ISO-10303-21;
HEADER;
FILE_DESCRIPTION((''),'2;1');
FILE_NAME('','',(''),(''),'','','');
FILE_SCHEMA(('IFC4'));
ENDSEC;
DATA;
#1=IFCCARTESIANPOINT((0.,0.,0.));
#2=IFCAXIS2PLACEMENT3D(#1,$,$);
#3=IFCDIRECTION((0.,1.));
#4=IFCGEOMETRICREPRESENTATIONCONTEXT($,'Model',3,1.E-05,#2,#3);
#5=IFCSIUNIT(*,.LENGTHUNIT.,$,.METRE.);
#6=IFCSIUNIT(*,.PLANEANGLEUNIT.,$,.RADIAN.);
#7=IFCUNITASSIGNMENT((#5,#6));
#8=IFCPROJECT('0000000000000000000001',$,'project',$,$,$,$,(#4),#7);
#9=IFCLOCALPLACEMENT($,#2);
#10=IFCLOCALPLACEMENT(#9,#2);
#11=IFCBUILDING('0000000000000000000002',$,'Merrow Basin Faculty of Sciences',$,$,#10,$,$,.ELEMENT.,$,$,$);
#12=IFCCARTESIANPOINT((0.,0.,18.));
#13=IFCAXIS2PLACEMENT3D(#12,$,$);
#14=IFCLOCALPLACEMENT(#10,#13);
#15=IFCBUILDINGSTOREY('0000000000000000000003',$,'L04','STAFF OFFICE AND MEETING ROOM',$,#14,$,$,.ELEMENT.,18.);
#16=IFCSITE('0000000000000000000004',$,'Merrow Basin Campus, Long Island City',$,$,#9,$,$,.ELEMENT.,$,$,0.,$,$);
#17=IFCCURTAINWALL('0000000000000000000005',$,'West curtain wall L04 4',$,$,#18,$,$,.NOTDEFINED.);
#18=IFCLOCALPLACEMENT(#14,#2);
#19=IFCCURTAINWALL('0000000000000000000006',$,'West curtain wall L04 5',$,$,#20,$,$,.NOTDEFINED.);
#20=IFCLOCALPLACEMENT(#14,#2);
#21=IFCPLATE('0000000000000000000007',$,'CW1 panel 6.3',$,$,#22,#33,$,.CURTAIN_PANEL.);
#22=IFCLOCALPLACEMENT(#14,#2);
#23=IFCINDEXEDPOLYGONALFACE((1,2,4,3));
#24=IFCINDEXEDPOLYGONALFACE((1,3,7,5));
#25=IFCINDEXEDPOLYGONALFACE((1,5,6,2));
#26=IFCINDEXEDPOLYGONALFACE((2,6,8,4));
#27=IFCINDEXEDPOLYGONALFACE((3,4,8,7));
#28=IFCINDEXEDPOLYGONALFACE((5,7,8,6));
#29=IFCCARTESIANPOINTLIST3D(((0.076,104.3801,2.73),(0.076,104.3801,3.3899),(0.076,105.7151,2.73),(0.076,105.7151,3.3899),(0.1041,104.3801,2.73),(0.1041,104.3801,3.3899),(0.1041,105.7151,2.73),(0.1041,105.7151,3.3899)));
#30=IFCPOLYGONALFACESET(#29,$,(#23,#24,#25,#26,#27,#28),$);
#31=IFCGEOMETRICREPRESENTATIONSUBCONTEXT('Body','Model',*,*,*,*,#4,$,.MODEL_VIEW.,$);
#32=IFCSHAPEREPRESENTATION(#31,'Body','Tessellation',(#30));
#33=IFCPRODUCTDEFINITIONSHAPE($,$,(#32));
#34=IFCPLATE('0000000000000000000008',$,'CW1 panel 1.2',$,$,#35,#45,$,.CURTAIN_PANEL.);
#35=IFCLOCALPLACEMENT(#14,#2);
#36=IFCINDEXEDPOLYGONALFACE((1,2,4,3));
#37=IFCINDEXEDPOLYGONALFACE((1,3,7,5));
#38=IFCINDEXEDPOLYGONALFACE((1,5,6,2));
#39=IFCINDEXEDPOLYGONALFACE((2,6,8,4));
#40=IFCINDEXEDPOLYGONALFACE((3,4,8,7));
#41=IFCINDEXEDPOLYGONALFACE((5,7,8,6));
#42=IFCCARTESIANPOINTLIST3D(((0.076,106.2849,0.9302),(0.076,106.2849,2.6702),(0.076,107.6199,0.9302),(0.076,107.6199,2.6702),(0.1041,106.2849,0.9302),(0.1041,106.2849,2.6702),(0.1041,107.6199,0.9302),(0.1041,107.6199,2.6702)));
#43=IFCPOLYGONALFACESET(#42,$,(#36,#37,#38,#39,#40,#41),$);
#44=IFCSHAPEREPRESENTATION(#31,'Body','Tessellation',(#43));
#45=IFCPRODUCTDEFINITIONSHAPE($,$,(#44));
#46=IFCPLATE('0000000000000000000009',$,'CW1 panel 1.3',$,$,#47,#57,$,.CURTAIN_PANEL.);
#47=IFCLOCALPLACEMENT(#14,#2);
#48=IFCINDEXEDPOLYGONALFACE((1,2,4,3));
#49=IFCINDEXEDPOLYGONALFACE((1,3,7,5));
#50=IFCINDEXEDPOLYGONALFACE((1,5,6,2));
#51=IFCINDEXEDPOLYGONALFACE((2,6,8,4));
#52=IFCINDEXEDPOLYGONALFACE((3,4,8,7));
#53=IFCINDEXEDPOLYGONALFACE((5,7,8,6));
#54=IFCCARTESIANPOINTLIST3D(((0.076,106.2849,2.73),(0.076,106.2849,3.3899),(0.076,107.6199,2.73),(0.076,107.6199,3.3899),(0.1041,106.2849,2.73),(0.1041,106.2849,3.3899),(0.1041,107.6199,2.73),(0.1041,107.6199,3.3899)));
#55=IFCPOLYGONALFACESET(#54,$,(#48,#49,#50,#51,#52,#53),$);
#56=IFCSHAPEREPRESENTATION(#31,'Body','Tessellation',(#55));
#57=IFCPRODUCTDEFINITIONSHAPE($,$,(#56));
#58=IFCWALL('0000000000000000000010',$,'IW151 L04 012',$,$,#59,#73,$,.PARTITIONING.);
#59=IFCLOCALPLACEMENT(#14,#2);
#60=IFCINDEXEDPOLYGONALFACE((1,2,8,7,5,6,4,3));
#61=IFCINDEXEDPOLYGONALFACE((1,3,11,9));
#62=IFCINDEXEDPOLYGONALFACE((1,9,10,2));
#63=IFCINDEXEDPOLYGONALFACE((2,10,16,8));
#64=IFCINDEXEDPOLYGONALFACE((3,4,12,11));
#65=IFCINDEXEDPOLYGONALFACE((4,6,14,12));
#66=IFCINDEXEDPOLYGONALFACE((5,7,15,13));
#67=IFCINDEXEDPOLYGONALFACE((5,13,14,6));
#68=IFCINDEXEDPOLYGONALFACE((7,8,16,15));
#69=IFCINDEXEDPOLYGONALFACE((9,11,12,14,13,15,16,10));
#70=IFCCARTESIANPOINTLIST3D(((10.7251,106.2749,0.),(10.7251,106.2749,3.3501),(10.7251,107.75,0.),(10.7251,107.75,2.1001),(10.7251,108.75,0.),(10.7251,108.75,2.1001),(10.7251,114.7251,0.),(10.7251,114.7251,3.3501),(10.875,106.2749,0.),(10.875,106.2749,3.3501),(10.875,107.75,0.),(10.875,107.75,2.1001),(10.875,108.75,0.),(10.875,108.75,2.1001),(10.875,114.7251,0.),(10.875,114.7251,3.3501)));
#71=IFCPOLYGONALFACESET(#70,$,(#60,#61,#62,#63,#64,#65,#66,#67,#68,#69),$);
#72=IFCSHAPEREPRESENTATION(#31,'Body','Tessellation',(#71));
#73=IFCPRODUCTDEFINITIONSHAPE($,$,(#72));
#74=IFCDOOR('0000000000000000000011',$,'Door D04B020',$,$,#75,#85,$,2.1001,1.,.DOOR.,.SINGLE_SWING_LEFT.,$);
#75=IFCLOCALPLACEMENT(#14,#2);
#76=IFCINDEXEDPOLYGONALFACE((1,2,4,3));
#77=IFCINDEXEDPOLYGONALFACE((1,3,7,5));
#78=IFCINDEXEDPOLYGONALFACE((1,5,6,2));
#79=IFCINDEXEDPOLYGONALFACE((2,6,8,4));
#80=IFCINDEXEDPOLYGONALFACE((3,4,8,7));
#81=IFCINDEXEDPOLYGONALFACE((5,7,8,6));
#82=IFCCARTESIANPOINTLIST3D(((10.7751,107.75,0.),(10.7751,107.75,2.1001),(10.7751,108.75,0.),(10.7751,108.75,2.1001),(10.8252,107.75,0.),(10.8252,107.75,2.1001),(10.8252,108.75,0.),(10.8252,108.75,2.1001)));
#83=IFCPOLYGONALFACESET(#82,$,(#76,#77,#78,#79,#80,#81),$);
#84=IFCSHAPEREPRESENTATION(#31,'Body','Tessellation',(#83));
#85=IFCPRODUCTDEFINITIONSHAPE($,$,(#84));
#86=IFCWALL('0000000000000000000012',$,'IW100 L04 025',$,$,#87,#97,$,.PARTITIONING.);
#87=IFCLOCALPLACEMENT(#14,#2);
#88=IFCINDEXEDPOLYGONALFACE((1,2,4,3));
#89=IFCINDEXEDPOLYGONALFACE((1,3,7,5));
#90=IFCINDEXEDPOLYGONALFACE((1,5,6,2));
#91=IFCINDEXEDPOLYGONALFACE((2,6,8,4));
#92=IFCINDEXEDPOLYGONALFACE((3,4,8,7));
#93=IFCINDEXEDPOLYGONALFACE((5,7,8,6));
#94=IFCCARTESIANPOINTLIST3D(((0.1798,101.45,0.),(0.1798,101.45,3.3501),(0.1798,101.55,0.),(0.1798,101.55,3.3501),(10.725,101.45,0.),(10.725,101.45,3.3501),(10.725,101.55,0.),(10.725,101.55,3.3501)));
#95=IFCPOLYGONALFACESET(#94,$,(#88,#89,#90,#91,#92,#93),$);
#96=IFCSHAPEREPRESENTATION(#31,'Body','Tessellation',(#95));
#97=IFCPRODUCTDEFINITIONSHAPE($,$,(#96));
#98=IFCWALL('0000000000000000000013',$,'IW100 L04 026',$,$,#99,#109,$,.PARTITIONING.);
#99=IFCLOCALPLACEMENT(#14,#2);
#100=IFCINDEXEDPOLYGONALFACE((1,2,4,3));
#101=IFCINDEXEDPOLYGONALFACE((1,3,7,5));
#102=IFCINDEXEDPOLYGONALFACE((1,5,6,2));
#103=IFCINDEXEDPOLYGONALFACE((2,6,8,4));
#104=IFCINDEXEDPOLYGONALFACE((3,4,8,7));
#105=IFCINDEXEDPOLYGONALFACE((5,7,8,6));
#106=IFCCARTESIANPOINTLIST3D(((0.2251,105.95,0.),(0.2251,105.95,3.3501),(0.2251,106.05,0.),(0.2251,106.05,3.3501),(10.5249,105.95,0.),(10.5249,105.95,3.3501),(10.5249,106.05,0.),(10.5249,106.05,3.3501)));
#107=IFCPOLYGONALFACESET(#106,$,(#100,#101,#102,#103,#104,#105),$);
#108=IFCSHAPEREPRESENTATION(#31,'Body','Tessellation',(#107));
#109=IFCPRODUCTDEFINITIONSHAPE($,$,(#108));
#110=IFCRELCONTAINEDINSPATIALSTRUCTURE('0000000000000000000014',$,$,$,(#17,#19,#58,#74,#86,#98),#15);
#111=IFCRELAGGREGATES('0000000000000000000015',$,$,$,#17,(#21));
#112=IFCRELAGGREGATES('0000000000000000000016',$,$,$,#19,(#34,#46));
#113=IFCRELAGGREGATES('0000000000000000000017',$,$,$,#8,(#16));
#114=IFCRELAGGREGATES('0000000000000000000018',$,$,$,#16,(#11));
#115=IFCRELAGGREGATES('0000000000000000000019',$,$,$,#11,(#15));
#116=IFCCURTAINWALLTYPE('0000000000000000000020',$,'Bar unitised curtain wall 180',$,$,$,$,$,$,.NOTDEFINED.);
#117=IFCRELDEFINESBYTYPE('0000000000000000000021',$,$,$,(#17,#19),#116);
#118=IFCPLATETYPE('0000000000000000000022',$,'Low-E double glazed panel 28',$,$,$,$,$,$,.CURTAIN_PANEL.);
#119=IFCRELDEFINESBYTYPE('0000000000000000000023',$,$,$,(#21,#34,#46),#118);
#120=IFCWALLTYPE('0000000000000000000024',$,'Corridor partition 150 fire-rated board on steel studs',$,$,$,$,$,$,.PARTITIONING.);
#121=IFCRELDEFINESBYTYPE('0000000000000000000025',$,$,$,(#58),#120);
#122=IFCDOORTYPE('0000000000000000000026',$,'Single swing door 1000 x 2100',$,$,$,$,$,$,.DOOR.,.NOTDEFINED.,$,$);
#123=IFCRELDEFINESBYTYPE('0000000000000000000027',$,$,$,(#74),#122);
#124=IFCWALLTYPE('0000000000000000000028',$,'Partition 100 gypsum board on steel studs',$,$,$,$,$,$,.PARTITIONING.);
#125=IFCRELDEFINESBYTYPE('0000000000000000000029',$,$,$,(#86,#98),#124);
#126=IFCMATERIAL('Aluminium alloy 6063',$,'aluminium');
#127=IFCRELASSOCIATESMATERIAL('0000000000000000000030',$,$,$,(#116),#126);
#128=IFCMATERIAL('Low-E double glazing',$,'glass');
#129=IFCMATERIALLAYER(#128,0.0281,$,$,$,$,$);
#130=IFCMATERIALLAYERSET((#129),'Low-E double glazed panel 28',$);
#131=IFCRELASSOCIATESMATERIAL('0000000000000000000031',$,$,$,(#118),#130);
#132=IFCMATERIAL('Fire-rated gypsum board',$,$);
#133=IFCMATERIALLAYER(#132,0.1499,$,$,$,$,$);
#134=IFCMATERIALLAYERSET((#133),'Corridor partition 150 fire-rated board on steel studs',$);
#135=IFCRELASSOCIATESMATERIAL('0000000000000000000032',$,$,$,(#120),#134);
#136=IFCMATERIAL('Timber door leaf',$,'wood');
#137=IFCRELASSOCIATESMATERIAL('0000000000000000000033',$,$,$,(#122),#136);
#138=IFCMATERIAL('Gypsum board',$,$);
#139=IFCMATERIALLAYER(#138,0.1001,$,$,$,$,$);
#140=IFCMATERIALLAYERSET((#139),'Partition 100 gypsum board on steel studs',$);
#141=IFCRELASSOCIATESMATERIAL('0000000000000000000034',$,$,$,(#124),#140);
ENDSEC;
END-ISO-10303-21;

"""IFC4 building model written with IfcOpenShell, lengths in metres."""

from ifc_helpers import new_model, si_unit, direction, frame, frame_2d, origin, origin_2d, place, context, subcontext, project, spatial, rectangle, extrude, material, layer, layer_set, type_object, element, fill, aggregate, save


model = new_model("IFC4")

# Units and contexts
model_context = context("Model", 3, precision=1e-05, world=origin(), true_north=direction((0.0, 1.0)))
body_context = subcontext(model_context, "Body", "Model", "MODEL_VIEW")
ifc_project = project(units=[si_unit("LENGTHUNIT", "METRE"), si_unit("PLANEANGLEUNIT", "RADIAN")], contexts=[model_context])

# Site, building, storey
site_placement = place(None, origin())
site = spatial("IfcSite", under=ifc_project, at=site_placement, Name="Merrow Basin Campus, Long Island City", CompositionType="ELEMENT", RefElevation=0.0)
building_placement = place(site_placement, origin())
building = spatial("IfcBuilding", under=site, at=building_placement, Name="Merrow Basin Faculty of Sciences", CompositionType="ELEMENT")
storey_placement = place(building_placement, frame((0.0, 0.0, 18.0)))
storey = spatial("IfcBuildingStorey", under=building, at=storey_placement, Name="L04", Description="STAFF OFFICE AND MEETING ROOM", CompositionType="ELEMENT", Elevation=18.0)

# Curtain walls
ifc_material_1 = material(Name="Aluminium alloy 6063", Category="aluminium")
curtain_wall_type = type_object("IfcCurtainWallType", Name="Bar unitised curtain wall 180", PredefinedType="NOTDEFINED", material=ifc_material_1)
curtain_wall_1_placement = place(storey_placement, origin())
curtain_wall_1 = element("IfcCurtainWall", 1, at=curtain_wall_1_placement, inside=storey, type_object=curtain_wall_type, Name="West curtain wall L04 4", PredefinedType="NOTDEFINED")
curtain_wall_2_placement = place(storey_placement, origin())
curtain_wall_2 = element("IfcCurtainWall", 2, at=curtain_wall_2_placement, inside=storey, type_object=curtain_wall_type, Name="West curtain wall L04 5", PredefinedType="NOTDEFINED")

# Plates
ifc_material_2 = material(Name="Low-E double glazing", Category="glass")
ifc_layer_1 = layer(ifc_material_2, 0.0281)
ifc_layer_set_1 = layer_set([ifc_layer_1], Name="Low-E double glazed panel 28")
plate_type_1 = type_object("IfcPlateType", Name="Low-E double glazed panel 28", PredefinedType="CURTAIN_PANEL", material=ifc_layer_set_1)
plate_1_placement = place(storey_placement, frame((0.0901, 105.0476, 2.73), z_axis=(0.0, 0.0, 1.0), x_axis=(0.0, 1.0, 0.0)))
plate_1 = element("IfcPlate", 3, at=plate_1_placement, type_object=plate_type_1, Name="CW1 panel 6.3", PredefinedType="CURTAIN_PANEL", context=body_context, shape_type="SweptSolid", body=[
    extrude(rectangle(XDim=1.335, YDim=0.0281, at=origin_2d()), origin(), (0.0, 0.0, 1.0), 0.6599),
])
aggregate(curtain_wall_1, [plate_1])
plate_2_placement = place(storey_placement, frame((0.0901, 106.9524, 0.9302), z_axis=(0.0, 0.0, 1.0), x_axis=(0.0, 1.0, 0.0)))
plate_2 = element("IfcPlate", 4, at=plate_2_placement, type_object=plate_type_1, Name="CW1 panel 1.2", PredefinedType="CURTAIN_PANEL", context=body_context, shape_type="SweptSolid", body=[
    extrude(rectangle(XDim=1.335, YDim=0.0281, at=origin_2d()), origin(), (0.0, 0.0, 1.0), 1.74),
])
plate_3_placement = place(storey_placement, frame((0.0901, 106.9524, 2.73), z_axis=(0.0, 0.0, 1.0), x_axis=(0.0, 1.0, 0.0)))
plate_3 = element("IfcPlate", 5, at=plate_3_placement, type_object=plate_type_1, Name="CW1 panel 1.3", PredefinedType="CURTAIN_PANEL", context=body_context, shape_type="SweptSolid", body=[
    extrude(rectangle(XDim=1.335, YDim=0.0281, at=origin_2d()), origin(), (0.0, 0.0, 1.0), 0.6599),
])
aggregate(curtain_wall_2, [plate_2, plate_3])

# Wall, opening, door
ifc_material_3 = material(Name="Fire-rated gypsum board")
ifc_layer_2 = layer(ifc_material_3, 0.1499)
ifc_layer_set_2 = layer_set([ifc_layer_2], Name="Corridor partition 150 fire-rated board on steel studs")
wall_type_1 = type_object("IfcWallType", Name="Corridor partition 150 fire-rated board on steel studs", PredefinedType="PARTITIONING", material=ifc_layer_set_2)
wall_1_placement = place(storey_placement, frame((10.8, 106.2749, 0.0), z_axis=(0.0, 0.0, 1.0), x_axis=(0.0, 1.0, 0.0)))
wall_1 = element("IfcWall", 6, at=wall_1_placement, inside=storey, type_object=wall_type_1, Name="IW151 L04 012", PredefinedType="PARTITIONING", context=body_context, shape_type="SweptSolid", body=[
    extrude(rectangle(XDim=8.4502, YDim=0.1499, at=frame_2d((4.2251, 0.0))), origin(), (0.0, 0.0, 1.0), 3.3501),
])
opening_placement = place(wall_1_placement, frame((1.4751, 0.0, 0.0)))
opening = element("IfcOpeningElement", 7, at=opening_placement, cuts=wall_1, PredefinedType="OPENING", context=body_context, shape_type="SweptSolid", body=[
    extrude(rectangle(XDim=1.0, YDim=2.1001, at=frame_2d((0.5, 1.05))), frame((0.0, 0.085, 0.0), z_axis=(0.0, -1.0, 0.0), x_axis=(1.0, 0.0, 0.0)), (0.0, 0.0, 1.0), 0.1699),
])
ifc_material_4 = material(Name="Timber door leaf", Category="wood")
door_type = type_object("IfcDoorType", Name="Single swing door 1000 x 2100", OperationType="NOTDEFINED", PredefinedType="DOOR", material=ifc_material_4)
door_placement = place(opening_placement, origin())
door = element("IfcDoor", 8, at=door_placement, inside=storey, type_object=door_type, Name="Door D04B020", OperationType="SINGLE_SWING_LEFT", OverallHeight=2.1001, OverallWidth=1.0, PredefinedType="DOOR", context=body_context, shape_type="SweptSolid", body=[
    extrude(rectangle(XDim=1.0, YDim=2.1001, at=frame_2d((0.5, 1.05))), frame((0.0, 0.0249, 0.0), z_axis=(0.0, -1.0, 0.0), x_axis=(1.0, 0.0, 0.0)), (0.0, 0.0, 1.0), 0.05),
])
fill(opening, door)

# Walls
ifc_material_5 = material(Name="Gypsum board")
ifc_layer_3 = layer(ifc_material_5, 0.1001)
ifc_layer_set_3 = layer_set([ifc_layer_3], Name="Partition 100 gypsum board on steel studs")
wall_type_2 = type_object("IfcWallType", Name="Partition 100 gypsum board on steel studs", PredefinedType="PARTITIONING", material=ifc_layer_set_3)
wall_2_placement = place(storey_placement, frame((0.1799, 101.5, 0.0), z_axis=(0.0, 0.0, 1.0), x_axis=(1.0, 0.0, 0.0)))
element("IfcWall", 9, at=wall_2_placement, inside=storey, type_object=wall_type_2, Name="IW100 L04 025", PredefinedType="PARTITIONING", context=body_context, shape_type="SweptSolid", body=[
    extrude(rectangle(XDim=10.5452, YDim=0.1001, at=frame_2d((5.2725, 0.0))), origin(), (0.0, 0.0, 1.0), 3.3501),
])
wall_3_placement = place(storey_placement, frame((0.2251, 106.0, 0.0), z_axis=(0.0, 0.0, 1.0), x_axis=(1.0, 0.0, 0.0)))
element("IfcWall", 10, at=wall_3_placement, inside=storey, type_object=wall_type_2, Name="IW100 L04 026", PredefinedType="PARTITIONING", context=body_context, shape_type="SweptSolid", body=[
    extrude(rectangle(XDim=10.2998, YDim=0.1001, at=frame_2d((5.1499, 0.0))), origin(), (0.0, 0.0, 1.0), 3.3501),
])

save(model, "model.ifc")
